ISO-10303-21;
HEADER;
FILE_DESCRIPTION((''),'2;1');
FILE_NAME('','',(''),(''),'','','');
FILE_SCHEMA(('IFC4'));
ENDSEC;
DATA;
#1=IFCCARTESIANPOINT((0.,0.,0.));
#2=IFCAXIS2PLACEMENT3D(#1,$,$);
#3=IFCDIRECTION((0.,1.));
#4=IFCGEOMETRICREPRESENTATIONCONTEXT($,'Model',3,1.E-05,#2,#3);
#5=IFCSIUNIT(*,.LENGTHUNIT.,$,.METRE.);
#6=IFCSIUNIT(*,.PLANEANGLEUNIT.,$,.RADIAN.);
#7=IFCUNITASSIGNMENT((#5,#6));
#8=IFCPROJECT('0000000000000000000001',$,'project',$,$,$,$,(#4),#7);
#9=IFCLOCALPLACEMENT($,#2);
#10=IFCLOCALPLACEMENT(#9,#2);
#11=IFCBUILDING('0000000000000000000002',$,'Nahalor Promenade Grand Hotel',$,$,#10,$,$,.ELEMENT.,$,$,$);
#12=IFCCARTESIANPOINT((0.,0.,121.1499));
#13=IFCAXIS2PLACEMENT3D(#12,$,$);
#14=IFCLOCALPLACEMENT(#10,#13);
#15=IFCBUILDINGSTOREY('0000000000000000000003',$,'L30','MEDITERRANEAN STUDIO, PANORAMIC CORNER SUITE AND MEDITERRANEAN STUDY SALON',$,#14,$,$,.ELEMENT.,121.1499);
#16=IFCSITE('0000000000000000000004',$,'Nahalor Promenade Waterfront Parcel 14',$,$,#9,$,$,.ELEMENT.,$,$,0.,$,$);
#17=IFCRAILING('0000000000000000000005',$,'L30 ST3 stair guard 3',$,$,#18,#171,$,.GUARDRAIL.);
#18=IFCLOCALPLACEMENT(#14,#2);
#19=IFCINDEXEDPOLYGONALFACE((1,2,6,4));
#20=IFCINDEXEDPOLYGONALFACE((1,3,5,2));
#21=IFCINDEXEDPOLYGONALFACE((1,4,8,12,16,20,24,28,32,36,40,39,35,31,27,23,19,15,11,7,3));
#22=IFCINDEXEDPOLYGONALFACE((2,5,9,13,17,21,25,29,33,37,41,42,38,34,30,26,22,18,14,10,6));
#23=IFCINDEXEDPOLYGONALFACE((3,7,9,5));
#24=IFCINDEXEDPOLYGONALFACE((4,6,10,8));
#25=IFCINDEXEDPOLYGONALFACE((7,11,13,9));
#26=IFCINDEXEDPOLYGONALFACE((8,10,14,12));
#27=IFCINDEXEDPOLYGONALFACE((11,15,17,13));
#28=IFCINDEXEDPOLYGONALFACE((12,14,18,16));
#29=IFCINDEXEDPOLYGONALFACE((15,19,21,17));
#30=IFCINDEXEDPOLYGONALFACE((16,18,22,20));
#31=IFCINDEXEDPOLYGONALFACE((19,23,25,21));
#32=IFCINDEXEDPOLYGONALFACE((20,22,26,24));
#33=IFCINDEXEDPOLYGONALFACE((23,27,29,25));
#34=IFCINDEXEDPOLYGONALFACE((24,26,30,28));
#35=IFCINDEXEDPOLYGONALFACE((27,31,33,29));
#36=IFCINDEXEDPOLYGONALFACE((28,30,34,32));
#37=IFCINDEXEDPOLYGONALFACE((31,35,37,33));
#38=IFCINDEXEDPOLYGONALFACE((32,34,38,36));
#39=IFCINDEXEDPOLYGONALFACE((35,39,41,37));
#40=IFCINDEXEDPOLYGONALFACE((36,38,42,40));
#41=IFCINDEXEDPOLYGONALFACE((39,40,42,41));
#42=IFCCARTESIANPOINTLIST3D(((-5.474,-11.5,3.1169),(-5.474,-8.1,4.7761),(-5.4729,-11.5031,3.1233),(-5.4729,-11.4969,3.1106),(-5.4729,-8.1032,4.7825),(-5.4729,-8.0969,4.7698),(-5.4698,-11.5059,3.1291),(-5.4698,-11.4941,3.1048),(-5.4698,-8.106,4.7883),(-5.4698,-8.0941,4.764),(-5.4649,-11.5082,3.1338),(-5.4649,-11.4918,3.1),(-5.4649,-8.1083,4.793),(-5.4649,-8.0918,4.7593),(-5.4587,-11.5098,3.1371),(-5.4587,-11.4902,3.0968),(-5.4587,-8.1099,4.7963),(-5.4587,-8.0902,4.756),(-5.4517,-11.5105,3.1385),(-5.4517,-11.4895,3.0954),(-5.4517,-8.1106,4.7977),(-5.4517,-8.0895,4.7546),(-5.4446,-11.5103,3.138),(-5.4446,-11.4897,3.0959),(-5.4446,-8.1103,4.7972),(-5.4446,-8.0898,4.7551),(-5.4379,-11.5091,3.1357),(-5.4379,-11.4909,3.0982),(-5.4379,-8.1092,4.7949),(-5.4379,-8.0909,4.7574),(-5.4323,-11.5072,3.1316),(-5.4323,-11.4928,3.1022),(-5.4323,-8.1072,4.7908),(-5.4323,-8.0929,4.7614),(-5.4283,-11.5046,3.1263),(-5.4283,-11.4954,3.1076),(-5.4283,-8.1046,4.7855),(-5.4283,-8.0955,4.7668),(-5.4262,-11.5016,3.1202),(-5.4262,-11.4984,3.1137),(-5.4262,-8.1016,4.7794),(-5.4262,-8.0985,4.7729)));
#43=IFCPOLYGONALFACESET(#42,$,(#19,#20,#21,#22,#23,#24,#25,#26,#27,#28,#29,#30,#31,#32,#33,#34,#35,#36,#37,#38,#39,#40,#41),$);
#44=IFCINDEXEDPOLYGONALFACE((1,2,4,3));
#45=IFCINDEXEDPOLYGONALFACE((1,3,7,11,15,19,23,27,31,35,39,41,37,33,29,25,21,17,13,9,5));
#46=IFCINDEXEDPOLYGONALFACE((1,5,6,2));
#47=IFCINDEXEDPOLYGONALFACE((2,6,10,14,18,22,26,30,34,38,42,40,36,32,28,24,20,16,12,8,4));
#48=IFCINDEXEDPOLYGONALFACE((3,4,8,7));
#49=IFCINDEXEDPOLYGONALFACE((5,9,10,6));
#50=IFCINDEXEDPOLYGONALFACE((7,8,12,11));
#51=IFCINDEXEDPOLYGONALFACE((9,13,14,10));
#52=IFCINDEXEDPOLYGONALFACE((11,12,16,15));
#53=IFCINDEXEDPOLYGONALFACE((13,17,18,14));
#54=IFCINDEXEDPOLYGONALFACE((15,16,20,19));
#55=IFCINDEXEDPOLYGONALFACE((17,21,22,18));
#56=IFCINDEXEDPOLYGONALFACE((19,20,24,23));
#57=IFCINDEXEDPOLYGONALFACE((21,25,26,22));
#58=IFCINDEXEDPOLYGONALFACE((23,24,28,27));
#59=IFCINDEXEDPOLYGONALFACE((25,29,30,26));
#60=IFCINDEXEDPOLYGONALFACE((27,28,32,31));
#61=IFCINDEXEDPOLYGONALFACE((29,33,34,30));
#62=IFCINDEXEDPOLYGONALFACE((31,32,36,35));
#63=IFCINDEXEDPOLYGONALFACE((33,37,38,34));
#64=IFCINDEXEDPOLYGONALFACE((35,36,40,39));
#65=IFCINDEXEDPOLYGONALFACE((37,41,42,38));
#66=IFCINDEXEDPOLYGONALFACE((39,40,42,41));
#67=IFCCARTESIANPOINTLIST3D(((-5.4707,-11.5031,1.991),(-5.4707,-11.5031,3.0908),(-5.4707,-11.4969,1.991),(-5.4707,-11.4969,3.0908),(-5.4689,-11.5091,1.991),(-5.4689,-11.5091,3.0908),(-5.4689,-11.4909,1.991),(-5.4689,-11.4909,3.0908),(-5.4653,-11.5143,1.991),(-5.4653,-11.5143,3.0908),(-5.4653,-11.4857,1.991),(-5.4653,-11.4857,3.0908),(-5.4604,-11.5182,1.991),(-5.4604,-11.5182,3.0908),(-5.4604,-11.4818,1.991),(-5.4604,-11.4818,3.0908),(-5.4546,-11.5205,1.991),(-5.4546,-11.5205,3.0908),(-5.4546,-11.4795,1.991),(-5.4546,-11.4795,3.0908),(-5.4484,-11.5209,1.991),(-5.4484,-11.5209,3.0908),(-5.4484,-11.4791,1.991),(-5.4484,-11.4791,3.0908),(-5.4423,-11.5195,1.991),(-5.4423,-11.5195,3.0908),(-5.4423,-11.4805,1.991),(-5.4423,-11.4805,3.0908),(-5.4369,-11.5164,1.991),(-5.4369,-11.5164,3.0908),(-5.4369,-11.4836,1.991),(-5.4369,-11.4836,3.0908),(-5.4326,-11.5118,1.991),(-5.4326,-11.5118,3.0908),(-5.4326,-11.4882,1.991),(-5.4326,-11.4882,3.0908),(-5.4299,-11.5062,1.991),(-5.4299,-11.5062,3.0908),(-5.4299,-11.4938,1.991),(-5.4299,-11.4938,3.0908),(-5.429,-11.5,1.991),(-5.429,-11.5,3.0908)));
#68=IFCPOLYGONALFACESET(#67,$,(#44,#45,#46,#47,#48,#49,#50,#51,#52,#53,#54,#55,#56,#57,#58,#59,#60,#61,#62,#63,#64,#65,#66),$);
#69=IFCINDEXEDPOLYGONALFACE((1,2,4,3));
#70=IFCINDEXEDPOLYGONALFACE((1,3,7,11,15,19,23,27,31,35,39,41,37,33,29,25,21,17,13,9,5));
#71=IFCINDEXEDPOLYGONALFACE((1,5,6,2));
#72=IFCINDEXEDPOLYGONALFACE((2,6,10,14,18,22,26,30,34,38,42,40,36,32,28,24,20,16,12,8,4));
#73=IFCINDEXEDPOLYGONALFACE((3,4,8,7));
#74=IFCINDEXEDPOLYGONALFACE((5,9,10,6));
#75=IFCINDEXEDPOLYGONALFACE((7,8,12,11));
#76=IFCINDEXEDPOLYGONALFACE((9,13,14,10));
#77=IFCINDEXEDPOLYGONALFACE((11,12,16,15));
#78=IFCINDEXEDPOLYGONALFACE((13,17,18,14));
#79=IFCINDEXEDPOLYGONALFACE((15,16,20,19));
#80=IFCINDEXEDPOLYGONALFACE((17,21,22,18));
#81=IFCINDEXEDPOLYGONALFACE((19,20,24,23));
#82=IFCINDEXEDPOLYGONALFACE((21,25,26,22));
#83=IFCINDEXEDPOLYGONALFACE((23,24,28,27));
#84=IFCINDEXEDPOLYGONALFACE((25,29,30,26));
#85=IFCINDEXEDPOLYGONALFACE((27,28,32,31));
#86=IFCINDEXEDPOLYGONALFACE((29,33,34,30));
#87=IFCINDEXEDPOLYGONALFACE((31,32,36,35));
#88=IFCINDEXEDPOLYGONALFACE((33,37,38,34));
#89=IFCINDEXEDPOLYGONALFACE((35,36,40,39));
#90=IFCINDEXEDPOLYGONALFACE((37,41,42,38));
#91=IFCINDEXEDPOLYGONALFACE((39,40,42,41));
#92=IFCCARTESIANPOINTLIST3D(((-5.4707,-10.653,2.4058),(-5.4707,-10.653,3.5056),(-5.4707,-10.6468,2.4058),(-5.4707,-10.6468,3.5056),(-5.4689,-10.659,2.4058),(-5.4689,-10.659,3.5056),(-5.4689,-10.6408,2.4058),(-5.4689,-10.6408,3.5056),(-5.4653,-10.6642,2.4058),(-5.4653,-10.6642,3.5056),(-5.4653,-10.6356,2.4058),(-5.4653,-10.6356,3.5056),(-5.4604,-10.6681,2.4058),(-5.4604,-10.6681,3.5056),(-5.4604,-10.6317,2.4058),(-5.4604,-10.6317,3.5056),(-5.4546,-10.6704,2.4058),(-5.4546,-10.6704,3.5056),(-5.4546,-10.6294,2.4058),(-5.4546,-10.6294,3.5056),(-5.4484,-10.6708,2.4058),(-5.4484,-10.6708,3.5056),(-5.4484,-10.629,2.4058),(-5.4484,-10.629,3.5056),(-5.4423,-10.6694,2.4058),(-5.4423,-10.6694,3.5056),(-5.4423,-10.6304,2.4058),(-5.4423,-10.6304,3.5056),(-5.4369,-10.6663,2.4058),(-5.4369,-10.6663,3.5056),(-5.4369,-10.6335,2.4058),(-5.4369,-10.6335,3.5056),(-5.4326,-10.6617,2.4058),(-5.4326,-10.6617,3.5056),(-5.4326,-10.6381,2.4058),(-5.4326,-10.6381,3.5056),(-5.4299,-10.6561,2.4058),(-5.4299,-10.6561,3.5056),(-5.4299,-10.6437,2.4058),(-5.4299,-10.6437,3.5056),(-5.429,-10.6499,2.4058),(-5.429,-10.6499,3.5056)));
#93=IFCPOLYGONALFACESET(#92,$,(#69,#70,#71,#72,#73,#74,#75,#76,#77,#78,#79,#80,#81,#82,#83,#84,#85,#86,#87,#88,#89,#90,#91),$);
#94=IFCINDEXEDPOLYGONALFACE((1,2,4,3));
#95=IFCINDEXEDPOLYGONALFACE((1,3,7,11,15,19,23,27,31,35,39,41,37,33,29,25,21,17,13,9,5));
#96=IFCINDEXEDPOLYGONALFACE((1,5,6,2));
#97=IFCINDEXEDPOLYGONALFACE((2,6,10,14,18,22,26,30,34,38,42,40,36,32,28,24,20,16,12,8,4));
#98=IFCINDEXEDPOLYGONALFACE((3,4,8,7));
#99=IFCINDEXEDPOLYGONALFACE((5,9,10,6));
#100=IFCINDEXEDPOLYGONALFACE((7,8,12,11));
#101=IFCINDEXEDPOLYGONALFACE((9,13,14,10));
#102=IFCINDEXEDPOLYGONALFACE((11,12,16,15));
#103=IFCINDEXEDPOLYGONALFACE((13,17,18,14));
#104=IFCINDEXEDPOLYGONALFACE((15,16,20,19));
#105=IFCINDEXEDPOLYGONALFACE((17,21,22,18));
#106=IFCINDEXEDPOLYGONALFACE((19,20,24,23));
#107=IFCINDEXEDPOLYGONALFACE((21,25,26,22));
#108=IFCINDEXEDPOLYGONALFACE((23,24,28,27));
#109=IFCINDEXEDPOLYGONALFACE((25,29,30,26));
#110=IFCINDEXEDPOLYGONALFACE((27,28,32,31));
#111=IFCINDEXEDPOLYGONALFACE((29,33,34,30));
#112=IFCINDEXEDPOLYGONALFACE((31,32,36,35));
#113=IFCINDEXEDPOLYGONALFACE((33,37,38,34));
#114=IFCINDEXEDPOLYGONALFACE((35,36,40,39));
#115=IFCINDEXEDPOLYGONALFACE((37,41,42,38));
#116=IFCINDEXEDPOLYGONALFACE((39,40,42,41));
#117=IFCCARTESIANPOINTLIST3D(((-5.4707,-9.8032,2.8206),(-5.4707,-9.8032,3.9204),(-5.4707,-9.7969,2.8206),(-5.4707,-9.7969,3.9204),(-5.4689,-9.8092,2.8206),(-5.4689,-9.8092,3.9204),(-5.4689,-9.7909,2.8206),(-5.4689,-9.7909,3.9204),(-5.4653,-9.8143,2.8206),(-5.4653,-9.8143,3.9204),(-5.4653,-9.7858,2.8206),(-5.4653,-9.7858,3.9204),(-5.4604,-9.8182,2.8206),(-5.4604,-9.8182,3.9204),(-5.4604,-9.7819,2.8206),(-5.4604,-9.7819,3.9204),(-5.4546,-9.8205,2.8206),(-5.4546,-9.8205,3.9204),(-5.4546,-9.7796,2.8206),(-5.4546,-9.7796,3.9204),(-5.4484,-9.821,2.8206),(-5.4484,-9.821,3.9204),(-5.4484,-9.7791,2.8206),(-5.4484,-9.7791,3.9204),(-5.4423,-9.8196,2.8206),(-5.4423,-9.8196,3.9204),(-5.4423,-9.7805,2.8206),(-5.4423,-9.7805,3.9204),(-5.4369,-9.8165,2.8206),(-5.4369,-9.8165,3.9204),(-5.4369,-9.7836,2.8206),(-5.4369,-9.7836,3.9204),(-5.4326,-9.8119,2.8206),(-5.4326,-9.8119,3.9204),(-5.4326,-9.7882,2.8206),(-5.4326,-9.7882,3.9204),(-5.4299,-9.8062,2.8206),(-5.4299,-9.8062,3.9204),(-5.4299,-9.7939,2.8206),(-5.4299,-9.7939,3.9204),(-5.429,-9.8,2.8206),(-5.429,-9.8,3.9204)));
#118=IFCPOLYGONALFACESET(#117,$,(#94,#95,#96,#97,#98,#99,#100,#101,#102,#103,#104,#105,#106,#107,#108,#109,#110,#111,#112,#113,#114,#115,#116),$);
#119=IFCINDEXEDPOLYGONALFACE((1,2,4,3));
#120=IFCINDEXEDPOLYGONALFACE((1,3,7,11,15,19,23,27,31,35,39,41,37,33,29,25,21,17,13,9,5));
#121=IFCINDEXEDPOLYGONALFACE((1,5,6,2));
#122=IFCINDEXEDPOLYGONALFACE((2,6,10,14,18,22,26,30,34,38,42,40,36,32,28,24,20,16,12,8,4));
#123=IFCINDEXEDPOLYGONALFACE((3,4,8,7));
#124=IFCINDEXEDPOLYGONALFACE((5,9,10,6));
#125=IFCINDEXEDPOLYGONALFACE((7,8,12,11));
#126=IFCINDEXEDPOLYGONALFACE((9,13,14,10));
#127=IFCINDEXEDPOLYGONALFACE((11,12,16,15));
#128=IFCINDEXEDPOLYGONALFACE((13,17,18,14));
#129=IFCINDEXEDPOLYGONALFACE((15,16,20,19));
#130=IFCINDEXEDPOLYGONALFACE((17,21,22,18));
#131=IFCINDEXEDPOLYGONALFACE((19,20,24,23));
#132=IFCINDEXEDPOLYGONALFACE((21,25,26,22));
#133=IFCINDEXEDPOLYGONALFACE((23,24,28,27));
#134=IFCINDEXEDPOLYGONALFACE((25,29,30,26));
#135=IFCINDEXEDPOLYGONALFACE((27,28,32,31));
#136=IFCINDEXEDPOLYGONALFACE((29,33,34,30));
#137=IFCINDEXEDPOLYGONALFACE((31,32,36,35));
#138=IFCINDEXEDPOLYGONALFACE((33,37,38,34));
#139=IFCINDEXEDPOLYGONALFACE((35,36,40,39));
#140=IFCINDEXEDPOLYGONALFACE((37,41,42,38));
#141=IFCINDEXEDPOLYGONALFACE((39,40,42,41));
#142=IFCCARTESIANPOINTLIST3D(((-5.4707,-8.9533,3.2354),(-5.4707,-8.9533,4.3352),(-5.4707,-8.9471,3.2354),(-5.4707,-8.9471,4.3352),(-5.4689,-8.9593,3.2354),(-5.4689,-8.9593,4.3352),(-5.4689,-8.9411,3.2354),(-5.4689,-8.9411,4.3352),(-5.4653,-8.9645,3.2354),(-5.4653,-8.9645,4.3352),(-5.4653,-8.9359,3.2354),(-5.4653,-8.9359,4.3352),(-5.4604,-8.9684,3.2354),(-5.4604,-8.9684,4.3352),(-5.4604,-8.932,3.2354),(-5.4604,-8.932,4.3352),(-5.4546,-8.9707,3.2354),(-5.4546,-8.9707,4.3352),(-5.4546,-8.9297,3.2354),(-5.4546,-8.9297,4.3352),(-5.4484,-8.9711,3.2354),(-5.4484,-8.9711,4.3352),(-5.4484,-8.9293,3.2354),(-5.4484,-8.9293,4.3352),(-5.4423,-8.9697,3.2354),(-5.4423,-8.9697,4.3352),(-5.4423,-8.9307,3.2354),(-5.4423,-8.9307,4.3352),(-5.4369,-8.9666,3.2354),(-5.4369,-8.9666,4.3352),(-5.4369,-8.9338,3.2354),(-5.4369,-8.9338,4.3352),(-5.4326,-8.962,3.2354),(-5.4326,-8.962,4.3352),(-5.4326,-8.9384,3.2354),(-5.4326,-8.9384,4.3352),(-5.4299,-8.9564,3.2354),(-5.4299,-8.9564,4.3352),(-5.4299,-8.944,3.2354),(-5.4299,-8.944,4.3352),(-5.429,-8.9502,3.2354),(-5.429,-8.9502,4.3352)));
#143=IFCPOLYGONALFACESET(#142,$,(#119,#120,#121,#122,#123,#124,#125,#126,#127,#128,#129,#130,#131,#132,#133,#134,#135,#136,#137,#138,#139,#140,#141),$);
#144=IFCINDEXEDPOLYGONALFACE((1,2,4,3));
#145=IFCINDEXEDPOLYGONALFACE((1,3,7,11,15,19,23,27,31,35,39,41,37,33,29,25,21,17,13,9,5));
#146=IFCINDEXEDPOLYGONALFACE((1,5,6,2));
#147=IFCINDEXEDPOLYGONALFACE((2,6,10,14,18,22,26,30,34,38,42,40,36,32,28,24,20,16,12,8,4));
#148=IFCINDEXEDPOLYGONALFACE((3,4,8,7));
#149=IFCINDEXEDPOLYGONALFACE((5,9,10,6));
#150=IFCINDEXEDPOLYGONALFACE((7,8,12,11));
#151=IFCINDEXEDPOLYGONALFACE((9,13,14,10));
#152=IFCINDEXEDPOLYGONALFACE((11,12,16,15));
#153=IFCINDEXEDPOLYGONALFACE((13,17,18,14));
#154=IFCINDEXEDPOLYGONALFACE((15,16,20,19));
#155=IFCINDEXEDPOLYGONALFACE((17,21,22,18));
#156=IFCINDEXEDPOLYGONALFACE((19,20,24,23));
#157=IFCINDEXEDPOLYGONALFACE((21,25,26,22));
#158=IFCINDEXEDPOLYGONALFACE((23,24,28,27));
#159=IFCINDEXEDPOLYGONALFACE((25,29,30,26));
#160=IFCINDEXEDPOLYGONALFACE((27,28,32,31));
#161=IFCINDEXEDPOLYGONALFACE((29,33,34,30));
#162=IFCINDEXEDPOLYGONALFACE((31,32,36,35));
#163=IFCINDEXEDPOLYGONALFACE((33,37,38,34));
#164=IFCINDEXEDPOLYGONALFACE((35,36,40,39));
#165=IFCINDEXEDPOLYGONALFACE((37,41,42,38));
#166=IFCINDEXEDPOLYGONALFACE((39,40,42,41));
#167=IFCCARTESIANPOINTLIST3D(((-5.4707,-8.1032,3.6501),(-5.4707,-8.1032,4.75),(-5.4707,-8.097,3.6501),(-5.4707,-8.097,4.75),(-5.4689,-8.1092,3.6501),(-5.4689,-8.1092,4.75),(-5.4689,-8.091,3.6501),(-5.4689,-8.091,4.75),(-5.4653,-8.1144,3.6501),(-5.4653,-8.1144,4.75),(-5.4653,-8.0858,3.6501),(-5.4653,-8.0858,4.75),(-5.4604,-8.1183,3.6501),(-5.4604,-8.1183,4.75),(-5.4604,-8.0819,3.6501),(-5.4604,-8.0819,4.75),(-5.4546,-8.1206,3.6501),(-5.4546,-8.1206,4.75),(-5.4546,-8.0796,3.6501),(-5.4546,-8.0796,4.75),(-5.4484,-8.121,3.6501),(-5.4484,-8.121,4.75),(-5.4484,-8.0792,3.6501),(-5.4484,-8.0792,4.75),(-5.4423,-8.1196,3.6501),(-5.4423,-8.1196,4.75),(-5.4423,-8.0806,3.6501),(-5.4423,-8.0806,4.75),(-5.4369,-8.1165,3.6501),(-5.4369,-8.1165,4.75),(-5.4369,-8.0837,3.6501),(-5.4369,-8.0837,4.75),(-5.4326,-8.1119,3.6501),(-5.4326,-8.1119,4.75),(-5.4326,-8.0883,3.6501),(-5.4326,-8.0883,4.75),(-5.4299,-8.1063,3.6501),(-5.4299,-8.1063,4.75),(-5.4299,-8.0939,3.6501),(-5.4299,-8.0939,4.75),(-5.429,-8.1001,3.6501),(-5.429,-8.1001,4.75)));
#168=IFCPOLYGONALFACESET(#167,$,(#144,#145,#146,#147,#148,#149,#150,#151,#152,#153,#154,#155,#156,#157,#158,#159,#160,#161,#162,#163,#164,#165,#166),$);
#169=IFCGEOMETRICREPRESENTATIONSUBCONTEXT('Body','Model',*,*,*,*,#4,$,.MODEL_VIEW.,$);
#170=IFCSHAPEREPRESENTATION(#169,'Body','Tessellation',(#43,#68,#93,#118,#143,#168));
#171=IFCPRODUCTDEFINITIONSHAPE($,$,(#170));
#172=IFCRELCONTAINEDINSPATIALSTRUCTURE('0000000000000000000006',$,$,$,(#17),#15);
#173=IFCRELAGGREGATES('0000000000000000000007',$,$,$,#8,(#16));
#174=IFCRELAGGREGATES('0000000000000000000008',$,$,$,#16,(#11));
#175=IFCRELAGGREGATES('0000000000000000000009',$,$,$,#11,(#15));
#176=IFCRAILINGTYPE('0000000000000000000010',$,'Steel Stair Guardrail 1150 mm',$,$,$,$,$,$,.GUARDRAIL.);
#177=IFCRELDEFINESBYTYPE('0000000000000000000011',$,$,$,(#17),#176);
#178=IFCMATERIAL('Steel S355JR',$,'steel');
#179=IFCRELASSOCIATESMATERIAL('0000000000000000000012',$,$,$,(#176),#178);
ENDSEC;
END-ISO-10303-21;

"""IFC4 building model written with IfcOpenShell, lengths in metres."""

from ifc_helpers import new_model, si_unit, direction, frame, origin, origin_2d, place, context, subcontext, project, spatial, circle, extrude, material, type_object, element, save


model = new_model("IFC4")

# Units and contexts
model_context = context("Model", 3, precision=1e-05, world=origin(), true_north=direction((0.0, 1.0)))
body_context = subcontext(model_context, "Body", "Model", "MODEL_VIEW")
ifc_project = project(units=[si_unit("LENGTHUNIT", "METRE"), si_unit("PLANEANGLEUNIT", "RADIAN")], contexts=[model_context])

# Site, building, storey
site_placement = place(None, origin())
site = spatial("IfcSite", under=ifc_project, at=site_placement, Name="Nahalor Promenade Waterfront Parcel 14", CompositionType="ELEMENT", RefElevation=0.0)
building_placement = place(site_placement, origin())
building = spatial("IfcBuilding", under=site, at=building_placement, Name="Nahalor Promenade Grand Hotel", CompositionType="ELEMENT")
storey_placement = place(building_placement, frame((0.0, 0.0, 121.1499)))
storey = spatial("IfcBuildingStorey", under=building, at=storey_placement, Name="L30", Description="MEDITERRANEAN STUDIO, PANORAMIC CORNER SUITE AND MEDITERRANEAN STUDY SALON", CompositionType="ELEMENT", Elevation=121.1499)

# Shared definitions
ifc_material_1 = material(Name="Steel S355JR", Category="steel")

# Railing
railing_type_1 = type_object("IfcRailingType", Name="Steel Stair Guardrail 1150 mm", PredefinedType="GUARDRAIL", material=ifc_material_1)
railing_1_placement = place(storey_placement, frame((-5.45, -11.5, 1.991)))
element("IfcRailing", 1, at=railing_1_placement, inside=storey, type_object=railing_type_1, Name="L30 ST3 stair guard 3", PredefinedType="GUARDRAIL", context=body_context, shape_type="SweptSolid", body=[
    extrude(circle(Radius=0.024, at=origin_2d()), frame((0.0, 0.0, 1.126), z_axis=(0.0, 0.898696, 0.438571), x_axis=(-1.0, 0.0, 0.0)), (0.0, 0.0, 1.0), 3.7832),
    extrude(circle(Radius=0.021, at=origin_2d()), origin(), (0.0, 0.0, 1.0), 1.0999),
    extrude(circle(Radius=0.021, at=origin_2d()), frame((0.0, 0.8501, 0.4148)), (0.0, 0.0, 1.0), 1.0999),
    extrude(circle(Radius=0.021, at=origin_2d()), frame((0.0, 1.7, 0.8296)), (0.0, 0.0, 1.0), 1.0999),
    extrude(circle(Radius=0.021, at=origin_2d()), frame((0.0, 2.5498, 1.2444)), (0.0, 0.0, 1.0), 1.0999),
    extrude(circle(Radius=0.021, at=origin_2d()), frame((0.0, 3.3999, 1.6592)), (0.0, 0.0, 1.0), 1.0999),
])

save(model, "model.ifc")
